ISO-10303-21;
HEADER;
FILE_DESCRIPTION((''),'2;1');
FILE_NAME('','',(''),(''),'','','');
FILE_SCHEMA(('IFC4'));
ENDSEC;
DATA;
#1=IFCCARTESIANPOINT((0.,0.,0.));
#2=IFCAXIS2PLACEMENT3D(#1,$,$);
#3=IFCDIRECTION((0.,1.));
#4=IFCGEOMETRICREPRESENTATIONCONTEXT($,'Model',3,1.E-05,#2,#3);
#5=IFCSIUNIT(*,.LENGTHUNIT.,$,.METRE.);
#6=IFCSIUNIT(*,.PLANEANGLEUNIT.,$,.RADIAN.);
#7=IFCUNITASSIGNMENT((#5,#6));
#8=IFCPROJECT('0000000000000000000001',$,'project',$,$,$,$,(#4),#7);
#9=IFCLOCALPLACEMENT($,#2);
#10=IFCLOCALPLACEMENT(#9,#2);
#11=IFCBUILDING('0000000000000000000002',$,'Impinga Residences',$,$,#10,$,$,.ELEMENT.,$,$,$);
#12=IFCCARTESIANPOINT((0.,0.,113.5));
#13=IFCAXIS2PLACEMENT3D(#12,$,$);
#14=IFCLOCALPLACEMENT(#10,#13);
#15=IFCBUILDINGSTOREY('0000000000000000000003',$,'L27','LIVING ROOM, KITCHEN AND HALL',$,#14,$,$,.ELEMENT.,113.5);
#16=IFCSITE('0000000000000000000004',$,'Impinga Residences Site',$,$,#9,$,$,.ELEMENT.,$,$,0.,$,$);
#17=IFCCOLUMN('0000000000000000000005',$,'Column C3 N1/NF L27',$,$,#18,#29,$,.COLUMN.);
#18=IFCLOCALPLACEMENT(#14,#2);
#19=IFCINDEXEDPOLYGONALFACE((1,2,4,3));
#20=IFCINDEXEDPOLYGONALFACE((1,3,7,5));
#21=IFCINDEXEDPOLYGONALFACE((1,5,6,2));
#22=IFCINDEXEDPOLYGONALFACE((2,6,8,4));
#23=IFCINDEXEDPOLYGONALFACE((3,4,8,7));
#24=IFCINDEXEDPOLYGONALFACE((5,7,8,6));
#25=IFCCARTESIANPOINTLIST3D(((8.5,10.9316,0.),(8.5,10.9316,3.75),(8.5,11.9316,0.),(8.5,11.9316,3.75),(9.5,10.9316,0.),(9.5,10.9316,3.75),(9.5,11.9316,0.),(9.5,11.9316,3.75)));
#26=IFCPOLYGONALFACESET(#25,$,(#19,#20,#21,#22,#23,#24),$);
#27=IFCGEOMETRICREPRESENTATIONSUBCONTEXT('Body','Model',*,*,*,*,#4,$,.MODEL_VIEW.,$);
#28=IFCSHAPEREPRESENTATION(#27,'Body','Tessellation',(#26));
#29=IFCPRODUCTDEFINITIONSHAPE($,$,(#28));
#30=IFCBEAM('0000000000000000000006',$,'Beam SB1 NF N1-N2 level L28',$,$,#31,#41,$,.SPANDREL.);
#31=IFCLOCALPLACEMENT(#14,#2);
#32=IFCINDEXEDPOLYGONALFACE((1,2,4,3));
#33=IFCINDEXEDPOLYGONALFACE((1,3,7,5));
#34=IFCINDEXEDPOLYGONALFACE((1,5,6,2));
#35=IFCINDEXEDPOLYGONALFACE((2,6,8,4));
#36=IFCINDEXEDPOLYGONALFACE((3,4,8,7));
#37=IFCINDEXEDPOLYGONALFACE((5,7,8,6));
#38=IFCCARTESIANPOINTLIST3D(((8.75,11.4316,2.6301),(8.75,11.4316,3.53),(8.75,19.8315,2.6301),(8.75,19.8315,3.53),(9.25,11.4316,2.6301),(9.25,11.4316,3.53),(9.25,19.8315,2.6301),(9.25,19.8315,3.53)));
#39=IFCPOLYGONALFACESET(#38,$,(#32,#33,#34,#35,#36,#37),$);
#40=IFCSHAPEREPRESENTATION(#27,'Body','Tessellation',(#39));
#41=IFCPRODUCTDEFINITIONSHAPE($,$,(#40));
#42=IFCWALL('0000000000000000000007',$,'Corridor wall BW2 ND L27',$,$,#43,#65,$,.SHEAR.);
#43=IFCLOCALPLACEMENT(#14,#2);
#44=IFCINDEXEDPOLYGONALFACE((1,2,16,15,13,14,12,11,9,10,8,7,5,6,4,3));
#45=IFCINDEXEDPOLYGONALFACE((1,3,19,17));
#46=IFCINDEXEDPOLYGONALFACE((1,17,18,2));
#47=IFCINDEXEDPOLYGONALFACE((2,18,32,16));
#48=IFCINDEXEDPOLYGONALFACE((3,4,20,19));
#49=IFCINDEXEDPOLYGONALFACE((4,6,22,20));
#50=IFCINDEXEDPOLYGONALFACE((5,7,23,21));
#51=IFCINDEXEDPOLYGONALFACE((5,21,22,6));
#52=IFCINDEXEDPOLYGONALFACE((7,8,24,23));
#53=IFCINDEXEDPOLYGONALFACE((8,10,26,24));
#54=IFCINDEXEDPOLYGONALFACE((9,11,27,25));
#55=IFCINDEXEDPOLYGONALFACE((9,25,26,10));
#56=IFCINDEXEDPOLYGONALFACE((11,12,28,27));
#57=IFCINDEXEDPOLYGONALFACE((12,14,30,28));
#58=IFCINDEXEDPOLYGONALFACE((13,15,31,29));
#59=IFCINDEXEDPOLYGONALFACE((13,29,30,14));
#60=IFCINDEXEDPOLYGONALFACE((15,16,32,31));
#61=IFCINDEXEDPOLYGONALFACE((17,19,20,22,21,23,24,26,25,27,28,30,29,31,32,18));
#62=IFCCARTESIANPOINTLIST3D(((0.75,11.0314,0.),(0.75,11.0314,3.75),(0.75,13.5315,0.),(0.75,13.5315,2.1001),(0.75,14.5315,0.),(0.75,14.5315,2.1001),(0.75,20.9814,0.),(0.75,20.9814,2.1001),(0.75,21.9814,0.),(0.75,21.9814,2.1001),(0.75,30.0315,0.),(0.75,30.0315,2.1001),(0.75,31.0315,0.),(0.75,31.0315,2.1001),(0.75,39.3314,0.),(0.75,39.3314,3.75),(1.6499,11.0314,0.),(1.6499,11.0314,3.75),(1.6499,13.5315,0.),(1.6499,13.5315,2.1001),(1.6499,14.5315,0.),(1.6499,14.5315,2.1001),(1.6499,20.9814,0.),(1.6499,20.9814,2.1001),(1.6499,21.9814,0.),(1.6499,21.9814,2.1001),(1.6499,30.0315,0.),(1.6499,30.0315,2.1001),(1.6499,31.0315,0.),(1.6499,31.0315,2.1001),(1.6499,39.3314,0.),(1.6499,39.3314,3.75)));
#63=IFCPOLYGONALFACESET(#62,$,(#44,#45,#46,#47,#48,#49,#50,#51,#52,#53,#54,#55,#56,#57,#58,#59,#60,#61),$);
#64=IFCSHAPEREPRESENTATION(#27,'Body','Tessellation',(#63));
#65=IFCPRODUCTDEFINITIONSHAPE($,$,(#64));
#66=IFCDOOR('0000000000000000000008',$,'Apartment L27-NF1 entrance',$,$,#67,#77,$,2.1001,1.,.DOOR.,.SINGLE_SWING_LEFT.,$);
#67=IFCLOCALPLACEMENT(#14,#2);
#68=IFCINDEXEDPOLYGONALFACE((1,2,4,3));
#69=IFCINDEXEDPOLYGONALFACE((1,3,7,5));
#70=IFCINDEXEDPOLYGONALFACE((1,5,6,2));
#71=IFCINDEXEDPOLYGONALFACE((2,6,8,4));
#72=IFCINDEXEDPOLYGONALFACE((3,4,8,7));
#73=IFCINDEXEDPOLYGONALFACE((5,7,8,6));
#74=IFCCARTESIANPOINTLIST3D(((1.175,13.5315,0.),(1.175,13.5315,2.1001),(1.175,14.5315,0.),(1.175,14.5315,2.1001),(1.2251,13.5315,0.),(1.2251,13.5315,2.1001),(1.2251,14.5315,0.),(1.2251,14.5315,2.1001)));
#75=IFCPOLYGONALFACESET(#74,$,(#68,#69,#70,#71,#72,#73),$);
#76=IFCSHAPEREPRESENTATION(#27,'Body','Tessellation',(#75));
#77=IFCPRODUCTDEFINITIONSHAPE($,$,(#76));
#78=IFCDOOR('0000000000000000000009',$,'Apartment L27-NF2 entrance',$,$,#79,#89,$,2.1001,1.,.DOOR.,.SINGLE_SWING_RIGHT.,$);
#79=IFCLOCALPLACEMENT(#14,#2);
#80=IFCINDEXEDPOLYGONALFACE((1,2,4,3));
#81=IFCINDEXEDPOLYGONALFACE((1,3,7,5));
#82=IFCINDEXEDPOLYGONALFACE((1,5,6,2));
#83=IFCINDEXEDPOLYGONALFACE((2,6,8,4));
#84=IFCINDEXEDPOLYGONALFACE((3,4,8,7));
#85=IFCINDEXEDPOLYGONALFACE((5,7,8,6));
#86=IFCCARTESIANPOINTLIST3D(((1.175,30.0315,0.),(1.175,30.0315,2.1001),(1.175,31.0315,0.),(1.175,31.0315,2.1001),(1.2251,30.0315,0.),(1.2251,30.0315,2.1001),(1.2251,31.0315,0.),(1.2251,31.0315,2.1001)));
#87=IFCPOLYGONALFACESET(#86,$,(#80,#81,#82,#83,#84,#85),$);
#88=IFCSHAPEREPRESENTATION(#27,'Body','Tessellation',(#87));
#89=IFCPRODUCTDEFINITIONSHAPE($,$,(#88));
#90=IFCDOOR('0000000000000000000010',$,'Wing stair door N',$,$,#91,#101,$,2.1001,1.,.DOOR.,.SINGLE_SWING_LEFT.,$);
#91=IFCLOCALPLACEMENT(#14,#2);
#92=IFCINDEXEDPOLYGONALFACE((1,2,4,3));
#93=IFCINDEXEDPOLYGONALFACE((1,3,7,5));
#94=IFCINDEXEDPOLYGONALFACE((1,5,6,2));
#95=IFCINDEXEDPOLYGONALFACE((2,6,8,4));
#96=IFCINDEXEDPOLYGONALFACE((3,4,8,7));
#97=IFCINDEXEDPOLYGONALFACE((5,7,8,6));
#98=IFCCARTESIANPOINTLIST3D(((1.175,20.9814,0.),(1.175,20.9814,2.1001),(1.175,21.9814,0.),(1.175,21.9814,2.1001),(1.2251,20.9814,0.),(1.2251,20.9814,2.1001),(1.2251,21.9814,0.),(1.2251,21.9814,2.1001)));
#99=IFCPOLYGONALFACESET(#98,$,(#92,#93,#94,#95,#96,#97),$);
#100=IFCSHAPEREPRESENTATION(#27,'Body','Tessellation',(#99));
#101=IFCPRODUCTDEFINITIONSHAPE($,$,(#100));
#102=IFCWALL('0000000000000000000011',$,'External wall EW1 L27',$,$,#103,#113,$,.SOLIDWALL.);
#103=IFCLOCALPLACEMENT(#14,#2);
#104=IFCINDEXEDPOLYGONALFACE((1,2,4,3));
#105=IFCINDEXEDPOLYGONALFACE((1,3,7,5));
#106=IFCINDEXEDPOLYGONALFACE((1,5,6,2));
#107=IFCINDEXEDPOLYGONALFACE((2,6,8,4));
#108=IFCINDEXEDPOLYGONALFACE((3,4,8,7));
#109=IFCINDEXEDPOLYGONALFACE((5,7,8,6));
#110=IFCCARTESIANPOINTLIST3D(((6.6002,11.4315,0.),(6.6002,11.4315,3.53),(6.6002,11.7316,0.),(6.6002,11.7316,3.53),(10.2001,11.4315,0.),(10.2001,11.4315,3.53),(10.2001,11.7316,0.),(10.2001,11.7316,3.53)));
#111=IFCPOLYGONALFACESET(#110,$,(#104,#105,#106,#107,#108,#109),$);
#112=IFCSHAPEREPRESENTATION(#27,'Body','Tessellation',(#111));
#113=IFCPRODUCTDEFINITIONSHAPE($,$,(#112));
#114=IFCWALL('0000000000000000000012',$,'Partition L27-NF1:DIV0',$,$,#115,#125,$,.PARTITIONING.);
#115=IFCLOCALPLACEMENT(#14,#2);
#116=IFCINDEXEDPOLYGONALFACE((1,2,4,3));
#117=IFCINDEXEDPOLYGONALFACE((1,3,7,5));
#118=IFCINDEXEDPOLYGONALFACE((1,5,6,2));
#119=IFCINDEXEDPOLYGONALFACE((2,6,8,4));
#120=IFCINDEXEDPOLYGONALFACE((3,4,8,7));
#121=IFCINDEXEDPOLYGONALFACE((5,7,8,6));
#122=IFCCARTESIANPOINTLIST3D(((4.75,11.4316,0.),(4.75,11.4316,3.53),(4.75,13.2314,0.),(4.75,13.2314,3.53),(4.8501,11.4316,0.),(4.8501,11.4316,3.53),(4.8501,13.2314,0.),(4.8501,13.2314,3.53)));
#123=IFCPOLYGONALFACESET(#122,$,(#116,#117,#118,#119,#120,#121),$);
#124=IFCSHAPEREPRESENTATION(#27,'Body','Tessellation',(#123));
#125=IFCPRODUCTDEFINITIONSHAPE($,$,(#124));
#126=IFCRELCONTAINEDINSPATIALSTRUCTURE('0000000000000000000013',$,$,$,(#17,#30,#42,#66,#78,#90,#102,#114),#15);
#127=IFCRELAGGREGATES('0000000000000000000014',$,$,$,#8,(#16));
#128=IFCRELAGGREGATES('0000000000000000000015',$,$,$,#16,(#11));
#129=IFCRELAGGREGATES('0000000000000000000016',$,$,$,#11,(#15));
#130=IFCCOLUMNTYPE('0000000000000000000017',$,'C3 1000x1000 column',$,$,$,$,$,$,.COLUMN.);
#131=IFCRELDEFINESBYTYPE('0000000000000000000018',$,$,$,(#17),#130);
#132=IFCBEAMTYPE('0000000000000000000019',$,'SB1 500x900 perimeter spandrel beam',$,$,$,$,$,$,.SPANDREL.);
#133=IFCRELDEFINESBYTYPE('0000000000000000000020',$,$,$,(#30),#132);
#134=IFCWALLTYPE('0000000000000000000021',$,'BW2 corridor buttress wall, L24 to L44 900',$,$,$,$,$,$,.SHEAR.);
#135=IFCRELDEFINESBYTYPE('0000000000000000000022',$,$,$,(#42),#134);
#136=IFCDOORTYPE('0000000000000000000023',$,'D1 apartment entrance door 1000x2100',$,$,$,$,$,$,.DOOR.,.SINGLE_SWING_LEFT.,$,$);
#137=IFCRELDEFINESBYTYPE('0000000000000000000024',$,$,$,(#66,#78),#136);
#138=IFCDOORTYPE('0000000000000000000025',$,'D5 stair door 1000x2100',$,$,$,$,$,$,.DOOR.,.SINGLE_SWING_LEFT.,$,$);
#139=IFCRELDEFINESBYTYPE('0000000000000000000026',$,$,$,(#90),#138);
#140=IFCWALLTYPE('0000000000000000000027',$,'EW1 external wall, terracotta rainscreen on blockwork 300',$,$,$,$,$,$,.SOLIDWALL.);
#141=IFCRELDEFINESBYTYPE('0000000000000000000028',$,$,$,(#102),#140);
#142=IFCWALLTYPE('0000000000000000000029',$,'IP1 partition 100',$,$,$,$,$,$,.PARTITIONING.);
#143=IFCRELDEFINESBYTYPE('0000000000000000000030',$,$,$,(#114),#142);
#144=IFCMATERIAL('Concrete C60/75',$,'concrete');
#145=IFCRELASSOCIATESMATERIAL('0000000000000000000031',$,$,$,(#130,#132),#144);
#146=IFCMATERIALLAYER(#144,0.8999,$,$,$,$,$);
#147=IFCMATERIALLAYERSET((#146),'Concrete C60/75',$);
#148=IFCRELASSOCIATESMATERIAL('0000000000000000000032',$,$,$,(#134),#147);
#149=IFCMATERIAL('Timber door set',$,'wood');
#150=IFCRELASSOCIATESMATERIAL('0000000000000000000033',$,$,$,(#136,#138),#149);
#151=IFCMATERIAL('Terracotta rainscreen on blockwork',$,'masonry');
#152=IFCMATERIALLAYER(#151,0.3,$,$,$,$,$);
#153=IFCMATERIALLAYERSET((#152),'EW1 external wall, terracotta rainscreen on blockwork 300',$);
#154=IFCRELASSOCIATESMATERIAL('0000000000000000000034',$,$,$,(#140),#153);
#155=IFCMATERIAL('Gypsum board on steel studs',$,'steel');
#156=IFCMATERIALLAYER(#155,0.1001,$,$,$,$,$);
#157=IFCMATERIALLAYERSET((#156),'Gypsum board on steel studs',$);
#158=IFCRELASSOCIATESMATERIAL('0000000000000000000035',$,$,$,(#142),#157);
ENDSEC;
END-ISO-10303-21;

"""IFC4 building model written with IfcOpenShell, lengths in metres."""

from ifc_helpers import new_model, si_unit, direction, frame, frame_2d, origin, origin_2d, place, context, subcontext, project, spatial, rectangle, extrude, material, layer, layer_set, material_profile, profile_set, type_object, element, fill, save


model = new_model("IFC4")

# Units and contexts
model_context = context("Model", 3, precision=1e-05, world=origin(), true_north=direction((0.0, 1.0)))
body_context = subcontext(model_context, "Body", "Model", "MODEL_VIEW")
ifc_project = project(units=[si_unit("LENGTHUNIT", "METRE"), si_unit("PLANEANGLEUNIT", "RADIAN")], contexts=[model_context])

# Site, building, storey
site_placement = place(None, origin())
site = spatial("IfcSite", under=ifc_project, at=site_placement, Name="Impinga Residences Site", CompositionType="ELEMENT", RefElevation=0.0)
building_placement = place(site_placement, origin())
building = spatial("IfcBuilding", under=site, at=building_placement, Name="Impinga Residences", CompositionType="ELEMENT")
storey_placement = place(building_placement, frame((0.0, 0.0, 113.5)))
storey = spatial("IfcBuildingStorey", under=building, at=storey_placement, Name="L27", Description="LIVING ROOM, KITCHEN AND HALL", CompositionType="ELEMENT", Elevation=113.5)

# Column
ifc_material_1 = material(Name="Concrete C60/75", Category="concrete")
ifc_material_profile_1 = material_profile(ifc_material_1, rectangle(XDim=1.0, YDim=1.0, at=origin_2d()), Name="RC 1000x1000")
ifc_profile_set_1 = profile_set([ifc_material_profile_1], Name="Concrete C60/75")
column_type = type_object("IfcColumnType", Name="C3 1000x1000 column", PredefinedType="COLUMN", material=ifc_profile_set_1)
column_placement = place(storey_placement, frame((9.0, 11.4316, 0.0), z_axis=(0.0, 0.0, 1.0), x_axis=(1.0, 0.0, 0.0)))
element("IfcColumn", 1, at=column_placement, inside=storey, type_object=column_type, Name="Column C3 N1/NF L27", PredefinedType="COLUMN", context=body_context, shape_type="SweptSolid", body=[
    extrude(rectangle(XDim=1.0, YDim=1.0, at=origin_2d()), origin(), (0.0, 0.0, 1.0), 3.75),
])

# Beam
ifc_material_profile_2 = material_profile(ifc_material_1, rectangle(XDim=0.5, YDim=0.8999, at=origin_2d()), Name="RC 500x900")
ifc_profile_set_2 = profile_set([ifc_material_profile_2], Name="Concrete C60/75")
beam_type = type_object("IfcBeamType", Name="SB1 500x900 perimeter spandrel beam", PredefinedType="SPANDREL", material=ifc_profile_set_2)
beam_placement = place(storey_placement, frame((9.0, 11.4316, 3.0801), z_axis=(0.0, 1.0, 0.0), x_axis=(-1.0, 0.0, 0.0)))
element("IfcBeam", 2, at=beam_placement, inside=storey, type_object=beam_type, Name="Beam SB1 NF N1-N2 level L28", PredefinedType="SPANDREL", context=body_context, shape_type="SweptSolid", body=[
    extrude(rectangle(XDim=0.5, YDim=0.8999, at=origin_2d()), origin(), (0.0, 0.0, 1.0), 8.3999),
])

# Wall, openings, doors
ifc_layer_1 = layer(ifc_material_1, 0.8999)
ifc_layer_set_1 = layer_set([ifc_layer_1], Name="Concrete C60/75")
wall_type_1 = type_object("IfcWallType", Name="BW2 corridor buttress wall, L24 to L44 900", PredefinedType="SHEAR", material=ifc_layer_set_1)
wall_1_placement = place(storey_placement, frame((1.2, 11.0315, 0.0), z_axis=(0.0, 0.0, 1.0), x_axis=(0.0, 1.0, 0.0)))
wall_1 = element("IfcWall", 3, at=wall_1_placement, inside=storey, type_object=wall_type_1, Name="Corridor wall BW2 ND L27", PredefinedType="SHEAR", context=body_context, shape_type="SweptSolid", body=[
    extrude(rectangle(XDim=28.3, YDim=0.8999, at=frame_2d((14.1499, 0.0))), origin(), (0.0, 0.0, 1.0), 3.75),
])
opening_1_placement = place(wall_1_placement, frame((9.95, 0.0, 0.0)))
opening_1 = element("IfcOpeningElement", 4, at=opening_1_placement, cuts=wall_1, PredefinedType="OPENING", context=body_context, shape_type="SweptSolid", body=[
    extrude(rectangle(XDim=1.0, YDim=2.1001, at=frame_2d((0.5, 1.05))), frame((0.0, 0.46, 0.0), z_axis=(0.0, -1.0, 0.0), x_axis=(1.0, 0.0, 0.0)), (0.0, 0.0, 1.0), 0.9199),
])
opening_2_placement = place(wall_1_placement, frame((2.5, 0.0, 0.0)))
opening_2 = element("IfcOpeningElement", 5, at=opening_2_placement, cuts=wall_1, PredefinedType="OPENING", context=body_context, shape_type="SweptSolid", body=[
    extrude(rectangle(XDim=1.0, YDim=2.1001, at=frame_2d((0.5, 1.05))), frame((0.0, 0.46, 0.0), z_axis=(0.0, -1.0, 0.0), x_axis=(1.0, 0.0, 0.0)), (0.0, 0.0, 1.0), 0.9199),
])
opening_3_placement = place(wall_1_placement, frame((19.0, 0.0, 0.0)))
opening_3 = element("IfcOpeningElement", 6, at=opening_3_placement, cuts=wall_1, PredefinedType="OPENING", context=body_context, shape_type="SweptSolid", body=[
    extrude(rectangle(XDim=1.0, YDim=2.1001, at=frame_2d((0.5, 1.05))), frame((0.0, 0.46, 0.0), z_axis=(0.0, -1.0, 0.0), x_axis=(1.0, 0.0, 0.0)), (0.0, 0.0, 1.0), 0.9199),
])
ifc_material_2 = material(Name="Timber door set", Category="wood")
door_type_1 = type_object("IfcDoorType", Name="D1 apartment entrance door 1000x2100", OperationType="SINGLE_SWING_LEFT", PredefinedType="DOOR", material=ifc_material_2)
door_1_placement = place(opening_2_placement, origin())
door_1 = element("IfcDoor", 7, at=door_1_placement, inside=storey, type_object=door_type_1, Name="Apartment L27-NF1 entrance", OperationType="SINGLE_SWING_LEFT", OverallHeight=2.1001, OverallWidth=1.0, PredefinedType="DOOR", context=body_context, shape_type="SweptSolid", body=[
    extrude(rectangle(XDim=1.0, YDim=2.1001, at=frame_2d((0.5, 1.05))), frame((0.0, 0.0249, 0.0), z_axis=(0.0, -1.0, 0.0), x_axis=(1.0, 0.0, 0.0)), (0.0, 0.0, 1.0), 0.05),
])
fill(opening_2, door_1)
door_2_placement = place(opening_3_placement, origin())
door_2 = element("IfcDoor", 8, at=door_2_placement, inside=storey, type_object=door_type_1, Name="Apartment L27-NF2 entrance", OperationType="SINGLE_SWING_RIGHT", OverallHeight=2.1001, OverallWidth=1.0, PredefinedType="DOOR", context=body_context, shape_type="SweptSolid", body=[
    extrude(rectangle(XDim=1.0, YDim=2.1001, at=frame_2d((0.5, 1.05))), frame((0.0, 0.0249, 0.0), z_axis=(0.0, -1.0, 0.0), x_axis=(1.0, 0.0, 0.0)), (0.0, 0.0, 1.0), 0.05),
])
fill(opening_3, door_2)
door_type_2 = type_object("IfcDoorType", Name="D5 stair door 1000x2100", OperationType="SINGLE_SWING_LEFT", PredefinedType="DOOR", material=ifc_material_2)
door_3_placement = place(opening_1_placement, origin())
door_3 = element("IfcDoor", 9, at=door_3_placement, inside=storey, type_object=door_type_2, Name="Wing stair door N", OperationType="SINGLE_SWING_LEFT", OverallHeight=2.1001, OverallWidth=1.0, PredefinedType="DOOR", context=body_context, shape_type="SweptSolid", body=[
    extrude(rectangle(XDim=1.0, YDim=2.1001, at=frame_2d((0.5, 1.05))), frame((0.0, 0.0249, 0.0), z_axis=(0.0, -1.0, 0.0), x_axis=(1.0, 0.0, 0.0)), (0.0, 0.0, 1.0), 0.05),
])
fill(opening_1, door_3)

# Walls
ifc_material_3 = material(Name="Terracotta rainscreen on blockwork", Category="masonry")
ifc_layer_2 = layer(ifc_material_3, 0.3)
ifc_layer_set_2 = layer_set([ifc_layer_2], Name="EW1 external wall, terracotta rainscreen on blockwork 300")
wall_type_2 = type_object("IfcWallType", Name="EW1 external wall, terracotta rainscreen on blockwork 300", PredefinedType="SOLIDWALL", material=ifc_layer_set_2)
wall_2_placement = place(storey_placement, frame((10.2, 11.5815, 0.0), z_axis=(0.0, 0.0, 1.0), x_axis=(-1.0, 0.0, 0.0)))
element("IfcWall", 10, at=wall_2_placement, inside=storey, type_object=wall_type_2, Name="External wall EW1 L27", PredefinedType="SOLIDWALL", context=body_context, shape_type="SweptSolid", body=[
    extrude(rectangle(XDim=3.5999, YDim=0.3, at=frame_2d((1.7998, 0.0))), origin(), (0.0, 0.0, 1.0), 3.53),
])
ifc_material_4 = material(Name="Gypsum board on steel studs", Category="steel")
ifc_layer_3 = layer(ifc_material_4, 0.1001)
ifc_layer_set_3 = layer_set([ifc_layer_3], Name="Gypsum board on steel studs")
wall_type_3 = type_object("IfcWallType", Name="IP1 partition 100", PredefinedType="PARTITIONING", material=ifc_layer_set_3)
wall_3_placement = place(storey_placement, frame((4.8, 11.4316, 0.0), z_axis=(0.0, 0.0, 1.0), x_axis=(0.0, 1.0, 0.0)))
element("IfcWall", 11, at=wall_3_placement, inside=storey, type_object=wall_type_3, Name="Partition L27-NF1:DIV0", PredefinedType="PARTITIONING", context=body_context, shape_type="SweptSolid", body=[
    extrude(rectangle(XDim=1.7998, YDim=0.1001, at=frame_2d((0.8999, 0.0))), origin(), (0.0, 0.0, 1.0), 3.53),
])

save(model, "model.ifc")
